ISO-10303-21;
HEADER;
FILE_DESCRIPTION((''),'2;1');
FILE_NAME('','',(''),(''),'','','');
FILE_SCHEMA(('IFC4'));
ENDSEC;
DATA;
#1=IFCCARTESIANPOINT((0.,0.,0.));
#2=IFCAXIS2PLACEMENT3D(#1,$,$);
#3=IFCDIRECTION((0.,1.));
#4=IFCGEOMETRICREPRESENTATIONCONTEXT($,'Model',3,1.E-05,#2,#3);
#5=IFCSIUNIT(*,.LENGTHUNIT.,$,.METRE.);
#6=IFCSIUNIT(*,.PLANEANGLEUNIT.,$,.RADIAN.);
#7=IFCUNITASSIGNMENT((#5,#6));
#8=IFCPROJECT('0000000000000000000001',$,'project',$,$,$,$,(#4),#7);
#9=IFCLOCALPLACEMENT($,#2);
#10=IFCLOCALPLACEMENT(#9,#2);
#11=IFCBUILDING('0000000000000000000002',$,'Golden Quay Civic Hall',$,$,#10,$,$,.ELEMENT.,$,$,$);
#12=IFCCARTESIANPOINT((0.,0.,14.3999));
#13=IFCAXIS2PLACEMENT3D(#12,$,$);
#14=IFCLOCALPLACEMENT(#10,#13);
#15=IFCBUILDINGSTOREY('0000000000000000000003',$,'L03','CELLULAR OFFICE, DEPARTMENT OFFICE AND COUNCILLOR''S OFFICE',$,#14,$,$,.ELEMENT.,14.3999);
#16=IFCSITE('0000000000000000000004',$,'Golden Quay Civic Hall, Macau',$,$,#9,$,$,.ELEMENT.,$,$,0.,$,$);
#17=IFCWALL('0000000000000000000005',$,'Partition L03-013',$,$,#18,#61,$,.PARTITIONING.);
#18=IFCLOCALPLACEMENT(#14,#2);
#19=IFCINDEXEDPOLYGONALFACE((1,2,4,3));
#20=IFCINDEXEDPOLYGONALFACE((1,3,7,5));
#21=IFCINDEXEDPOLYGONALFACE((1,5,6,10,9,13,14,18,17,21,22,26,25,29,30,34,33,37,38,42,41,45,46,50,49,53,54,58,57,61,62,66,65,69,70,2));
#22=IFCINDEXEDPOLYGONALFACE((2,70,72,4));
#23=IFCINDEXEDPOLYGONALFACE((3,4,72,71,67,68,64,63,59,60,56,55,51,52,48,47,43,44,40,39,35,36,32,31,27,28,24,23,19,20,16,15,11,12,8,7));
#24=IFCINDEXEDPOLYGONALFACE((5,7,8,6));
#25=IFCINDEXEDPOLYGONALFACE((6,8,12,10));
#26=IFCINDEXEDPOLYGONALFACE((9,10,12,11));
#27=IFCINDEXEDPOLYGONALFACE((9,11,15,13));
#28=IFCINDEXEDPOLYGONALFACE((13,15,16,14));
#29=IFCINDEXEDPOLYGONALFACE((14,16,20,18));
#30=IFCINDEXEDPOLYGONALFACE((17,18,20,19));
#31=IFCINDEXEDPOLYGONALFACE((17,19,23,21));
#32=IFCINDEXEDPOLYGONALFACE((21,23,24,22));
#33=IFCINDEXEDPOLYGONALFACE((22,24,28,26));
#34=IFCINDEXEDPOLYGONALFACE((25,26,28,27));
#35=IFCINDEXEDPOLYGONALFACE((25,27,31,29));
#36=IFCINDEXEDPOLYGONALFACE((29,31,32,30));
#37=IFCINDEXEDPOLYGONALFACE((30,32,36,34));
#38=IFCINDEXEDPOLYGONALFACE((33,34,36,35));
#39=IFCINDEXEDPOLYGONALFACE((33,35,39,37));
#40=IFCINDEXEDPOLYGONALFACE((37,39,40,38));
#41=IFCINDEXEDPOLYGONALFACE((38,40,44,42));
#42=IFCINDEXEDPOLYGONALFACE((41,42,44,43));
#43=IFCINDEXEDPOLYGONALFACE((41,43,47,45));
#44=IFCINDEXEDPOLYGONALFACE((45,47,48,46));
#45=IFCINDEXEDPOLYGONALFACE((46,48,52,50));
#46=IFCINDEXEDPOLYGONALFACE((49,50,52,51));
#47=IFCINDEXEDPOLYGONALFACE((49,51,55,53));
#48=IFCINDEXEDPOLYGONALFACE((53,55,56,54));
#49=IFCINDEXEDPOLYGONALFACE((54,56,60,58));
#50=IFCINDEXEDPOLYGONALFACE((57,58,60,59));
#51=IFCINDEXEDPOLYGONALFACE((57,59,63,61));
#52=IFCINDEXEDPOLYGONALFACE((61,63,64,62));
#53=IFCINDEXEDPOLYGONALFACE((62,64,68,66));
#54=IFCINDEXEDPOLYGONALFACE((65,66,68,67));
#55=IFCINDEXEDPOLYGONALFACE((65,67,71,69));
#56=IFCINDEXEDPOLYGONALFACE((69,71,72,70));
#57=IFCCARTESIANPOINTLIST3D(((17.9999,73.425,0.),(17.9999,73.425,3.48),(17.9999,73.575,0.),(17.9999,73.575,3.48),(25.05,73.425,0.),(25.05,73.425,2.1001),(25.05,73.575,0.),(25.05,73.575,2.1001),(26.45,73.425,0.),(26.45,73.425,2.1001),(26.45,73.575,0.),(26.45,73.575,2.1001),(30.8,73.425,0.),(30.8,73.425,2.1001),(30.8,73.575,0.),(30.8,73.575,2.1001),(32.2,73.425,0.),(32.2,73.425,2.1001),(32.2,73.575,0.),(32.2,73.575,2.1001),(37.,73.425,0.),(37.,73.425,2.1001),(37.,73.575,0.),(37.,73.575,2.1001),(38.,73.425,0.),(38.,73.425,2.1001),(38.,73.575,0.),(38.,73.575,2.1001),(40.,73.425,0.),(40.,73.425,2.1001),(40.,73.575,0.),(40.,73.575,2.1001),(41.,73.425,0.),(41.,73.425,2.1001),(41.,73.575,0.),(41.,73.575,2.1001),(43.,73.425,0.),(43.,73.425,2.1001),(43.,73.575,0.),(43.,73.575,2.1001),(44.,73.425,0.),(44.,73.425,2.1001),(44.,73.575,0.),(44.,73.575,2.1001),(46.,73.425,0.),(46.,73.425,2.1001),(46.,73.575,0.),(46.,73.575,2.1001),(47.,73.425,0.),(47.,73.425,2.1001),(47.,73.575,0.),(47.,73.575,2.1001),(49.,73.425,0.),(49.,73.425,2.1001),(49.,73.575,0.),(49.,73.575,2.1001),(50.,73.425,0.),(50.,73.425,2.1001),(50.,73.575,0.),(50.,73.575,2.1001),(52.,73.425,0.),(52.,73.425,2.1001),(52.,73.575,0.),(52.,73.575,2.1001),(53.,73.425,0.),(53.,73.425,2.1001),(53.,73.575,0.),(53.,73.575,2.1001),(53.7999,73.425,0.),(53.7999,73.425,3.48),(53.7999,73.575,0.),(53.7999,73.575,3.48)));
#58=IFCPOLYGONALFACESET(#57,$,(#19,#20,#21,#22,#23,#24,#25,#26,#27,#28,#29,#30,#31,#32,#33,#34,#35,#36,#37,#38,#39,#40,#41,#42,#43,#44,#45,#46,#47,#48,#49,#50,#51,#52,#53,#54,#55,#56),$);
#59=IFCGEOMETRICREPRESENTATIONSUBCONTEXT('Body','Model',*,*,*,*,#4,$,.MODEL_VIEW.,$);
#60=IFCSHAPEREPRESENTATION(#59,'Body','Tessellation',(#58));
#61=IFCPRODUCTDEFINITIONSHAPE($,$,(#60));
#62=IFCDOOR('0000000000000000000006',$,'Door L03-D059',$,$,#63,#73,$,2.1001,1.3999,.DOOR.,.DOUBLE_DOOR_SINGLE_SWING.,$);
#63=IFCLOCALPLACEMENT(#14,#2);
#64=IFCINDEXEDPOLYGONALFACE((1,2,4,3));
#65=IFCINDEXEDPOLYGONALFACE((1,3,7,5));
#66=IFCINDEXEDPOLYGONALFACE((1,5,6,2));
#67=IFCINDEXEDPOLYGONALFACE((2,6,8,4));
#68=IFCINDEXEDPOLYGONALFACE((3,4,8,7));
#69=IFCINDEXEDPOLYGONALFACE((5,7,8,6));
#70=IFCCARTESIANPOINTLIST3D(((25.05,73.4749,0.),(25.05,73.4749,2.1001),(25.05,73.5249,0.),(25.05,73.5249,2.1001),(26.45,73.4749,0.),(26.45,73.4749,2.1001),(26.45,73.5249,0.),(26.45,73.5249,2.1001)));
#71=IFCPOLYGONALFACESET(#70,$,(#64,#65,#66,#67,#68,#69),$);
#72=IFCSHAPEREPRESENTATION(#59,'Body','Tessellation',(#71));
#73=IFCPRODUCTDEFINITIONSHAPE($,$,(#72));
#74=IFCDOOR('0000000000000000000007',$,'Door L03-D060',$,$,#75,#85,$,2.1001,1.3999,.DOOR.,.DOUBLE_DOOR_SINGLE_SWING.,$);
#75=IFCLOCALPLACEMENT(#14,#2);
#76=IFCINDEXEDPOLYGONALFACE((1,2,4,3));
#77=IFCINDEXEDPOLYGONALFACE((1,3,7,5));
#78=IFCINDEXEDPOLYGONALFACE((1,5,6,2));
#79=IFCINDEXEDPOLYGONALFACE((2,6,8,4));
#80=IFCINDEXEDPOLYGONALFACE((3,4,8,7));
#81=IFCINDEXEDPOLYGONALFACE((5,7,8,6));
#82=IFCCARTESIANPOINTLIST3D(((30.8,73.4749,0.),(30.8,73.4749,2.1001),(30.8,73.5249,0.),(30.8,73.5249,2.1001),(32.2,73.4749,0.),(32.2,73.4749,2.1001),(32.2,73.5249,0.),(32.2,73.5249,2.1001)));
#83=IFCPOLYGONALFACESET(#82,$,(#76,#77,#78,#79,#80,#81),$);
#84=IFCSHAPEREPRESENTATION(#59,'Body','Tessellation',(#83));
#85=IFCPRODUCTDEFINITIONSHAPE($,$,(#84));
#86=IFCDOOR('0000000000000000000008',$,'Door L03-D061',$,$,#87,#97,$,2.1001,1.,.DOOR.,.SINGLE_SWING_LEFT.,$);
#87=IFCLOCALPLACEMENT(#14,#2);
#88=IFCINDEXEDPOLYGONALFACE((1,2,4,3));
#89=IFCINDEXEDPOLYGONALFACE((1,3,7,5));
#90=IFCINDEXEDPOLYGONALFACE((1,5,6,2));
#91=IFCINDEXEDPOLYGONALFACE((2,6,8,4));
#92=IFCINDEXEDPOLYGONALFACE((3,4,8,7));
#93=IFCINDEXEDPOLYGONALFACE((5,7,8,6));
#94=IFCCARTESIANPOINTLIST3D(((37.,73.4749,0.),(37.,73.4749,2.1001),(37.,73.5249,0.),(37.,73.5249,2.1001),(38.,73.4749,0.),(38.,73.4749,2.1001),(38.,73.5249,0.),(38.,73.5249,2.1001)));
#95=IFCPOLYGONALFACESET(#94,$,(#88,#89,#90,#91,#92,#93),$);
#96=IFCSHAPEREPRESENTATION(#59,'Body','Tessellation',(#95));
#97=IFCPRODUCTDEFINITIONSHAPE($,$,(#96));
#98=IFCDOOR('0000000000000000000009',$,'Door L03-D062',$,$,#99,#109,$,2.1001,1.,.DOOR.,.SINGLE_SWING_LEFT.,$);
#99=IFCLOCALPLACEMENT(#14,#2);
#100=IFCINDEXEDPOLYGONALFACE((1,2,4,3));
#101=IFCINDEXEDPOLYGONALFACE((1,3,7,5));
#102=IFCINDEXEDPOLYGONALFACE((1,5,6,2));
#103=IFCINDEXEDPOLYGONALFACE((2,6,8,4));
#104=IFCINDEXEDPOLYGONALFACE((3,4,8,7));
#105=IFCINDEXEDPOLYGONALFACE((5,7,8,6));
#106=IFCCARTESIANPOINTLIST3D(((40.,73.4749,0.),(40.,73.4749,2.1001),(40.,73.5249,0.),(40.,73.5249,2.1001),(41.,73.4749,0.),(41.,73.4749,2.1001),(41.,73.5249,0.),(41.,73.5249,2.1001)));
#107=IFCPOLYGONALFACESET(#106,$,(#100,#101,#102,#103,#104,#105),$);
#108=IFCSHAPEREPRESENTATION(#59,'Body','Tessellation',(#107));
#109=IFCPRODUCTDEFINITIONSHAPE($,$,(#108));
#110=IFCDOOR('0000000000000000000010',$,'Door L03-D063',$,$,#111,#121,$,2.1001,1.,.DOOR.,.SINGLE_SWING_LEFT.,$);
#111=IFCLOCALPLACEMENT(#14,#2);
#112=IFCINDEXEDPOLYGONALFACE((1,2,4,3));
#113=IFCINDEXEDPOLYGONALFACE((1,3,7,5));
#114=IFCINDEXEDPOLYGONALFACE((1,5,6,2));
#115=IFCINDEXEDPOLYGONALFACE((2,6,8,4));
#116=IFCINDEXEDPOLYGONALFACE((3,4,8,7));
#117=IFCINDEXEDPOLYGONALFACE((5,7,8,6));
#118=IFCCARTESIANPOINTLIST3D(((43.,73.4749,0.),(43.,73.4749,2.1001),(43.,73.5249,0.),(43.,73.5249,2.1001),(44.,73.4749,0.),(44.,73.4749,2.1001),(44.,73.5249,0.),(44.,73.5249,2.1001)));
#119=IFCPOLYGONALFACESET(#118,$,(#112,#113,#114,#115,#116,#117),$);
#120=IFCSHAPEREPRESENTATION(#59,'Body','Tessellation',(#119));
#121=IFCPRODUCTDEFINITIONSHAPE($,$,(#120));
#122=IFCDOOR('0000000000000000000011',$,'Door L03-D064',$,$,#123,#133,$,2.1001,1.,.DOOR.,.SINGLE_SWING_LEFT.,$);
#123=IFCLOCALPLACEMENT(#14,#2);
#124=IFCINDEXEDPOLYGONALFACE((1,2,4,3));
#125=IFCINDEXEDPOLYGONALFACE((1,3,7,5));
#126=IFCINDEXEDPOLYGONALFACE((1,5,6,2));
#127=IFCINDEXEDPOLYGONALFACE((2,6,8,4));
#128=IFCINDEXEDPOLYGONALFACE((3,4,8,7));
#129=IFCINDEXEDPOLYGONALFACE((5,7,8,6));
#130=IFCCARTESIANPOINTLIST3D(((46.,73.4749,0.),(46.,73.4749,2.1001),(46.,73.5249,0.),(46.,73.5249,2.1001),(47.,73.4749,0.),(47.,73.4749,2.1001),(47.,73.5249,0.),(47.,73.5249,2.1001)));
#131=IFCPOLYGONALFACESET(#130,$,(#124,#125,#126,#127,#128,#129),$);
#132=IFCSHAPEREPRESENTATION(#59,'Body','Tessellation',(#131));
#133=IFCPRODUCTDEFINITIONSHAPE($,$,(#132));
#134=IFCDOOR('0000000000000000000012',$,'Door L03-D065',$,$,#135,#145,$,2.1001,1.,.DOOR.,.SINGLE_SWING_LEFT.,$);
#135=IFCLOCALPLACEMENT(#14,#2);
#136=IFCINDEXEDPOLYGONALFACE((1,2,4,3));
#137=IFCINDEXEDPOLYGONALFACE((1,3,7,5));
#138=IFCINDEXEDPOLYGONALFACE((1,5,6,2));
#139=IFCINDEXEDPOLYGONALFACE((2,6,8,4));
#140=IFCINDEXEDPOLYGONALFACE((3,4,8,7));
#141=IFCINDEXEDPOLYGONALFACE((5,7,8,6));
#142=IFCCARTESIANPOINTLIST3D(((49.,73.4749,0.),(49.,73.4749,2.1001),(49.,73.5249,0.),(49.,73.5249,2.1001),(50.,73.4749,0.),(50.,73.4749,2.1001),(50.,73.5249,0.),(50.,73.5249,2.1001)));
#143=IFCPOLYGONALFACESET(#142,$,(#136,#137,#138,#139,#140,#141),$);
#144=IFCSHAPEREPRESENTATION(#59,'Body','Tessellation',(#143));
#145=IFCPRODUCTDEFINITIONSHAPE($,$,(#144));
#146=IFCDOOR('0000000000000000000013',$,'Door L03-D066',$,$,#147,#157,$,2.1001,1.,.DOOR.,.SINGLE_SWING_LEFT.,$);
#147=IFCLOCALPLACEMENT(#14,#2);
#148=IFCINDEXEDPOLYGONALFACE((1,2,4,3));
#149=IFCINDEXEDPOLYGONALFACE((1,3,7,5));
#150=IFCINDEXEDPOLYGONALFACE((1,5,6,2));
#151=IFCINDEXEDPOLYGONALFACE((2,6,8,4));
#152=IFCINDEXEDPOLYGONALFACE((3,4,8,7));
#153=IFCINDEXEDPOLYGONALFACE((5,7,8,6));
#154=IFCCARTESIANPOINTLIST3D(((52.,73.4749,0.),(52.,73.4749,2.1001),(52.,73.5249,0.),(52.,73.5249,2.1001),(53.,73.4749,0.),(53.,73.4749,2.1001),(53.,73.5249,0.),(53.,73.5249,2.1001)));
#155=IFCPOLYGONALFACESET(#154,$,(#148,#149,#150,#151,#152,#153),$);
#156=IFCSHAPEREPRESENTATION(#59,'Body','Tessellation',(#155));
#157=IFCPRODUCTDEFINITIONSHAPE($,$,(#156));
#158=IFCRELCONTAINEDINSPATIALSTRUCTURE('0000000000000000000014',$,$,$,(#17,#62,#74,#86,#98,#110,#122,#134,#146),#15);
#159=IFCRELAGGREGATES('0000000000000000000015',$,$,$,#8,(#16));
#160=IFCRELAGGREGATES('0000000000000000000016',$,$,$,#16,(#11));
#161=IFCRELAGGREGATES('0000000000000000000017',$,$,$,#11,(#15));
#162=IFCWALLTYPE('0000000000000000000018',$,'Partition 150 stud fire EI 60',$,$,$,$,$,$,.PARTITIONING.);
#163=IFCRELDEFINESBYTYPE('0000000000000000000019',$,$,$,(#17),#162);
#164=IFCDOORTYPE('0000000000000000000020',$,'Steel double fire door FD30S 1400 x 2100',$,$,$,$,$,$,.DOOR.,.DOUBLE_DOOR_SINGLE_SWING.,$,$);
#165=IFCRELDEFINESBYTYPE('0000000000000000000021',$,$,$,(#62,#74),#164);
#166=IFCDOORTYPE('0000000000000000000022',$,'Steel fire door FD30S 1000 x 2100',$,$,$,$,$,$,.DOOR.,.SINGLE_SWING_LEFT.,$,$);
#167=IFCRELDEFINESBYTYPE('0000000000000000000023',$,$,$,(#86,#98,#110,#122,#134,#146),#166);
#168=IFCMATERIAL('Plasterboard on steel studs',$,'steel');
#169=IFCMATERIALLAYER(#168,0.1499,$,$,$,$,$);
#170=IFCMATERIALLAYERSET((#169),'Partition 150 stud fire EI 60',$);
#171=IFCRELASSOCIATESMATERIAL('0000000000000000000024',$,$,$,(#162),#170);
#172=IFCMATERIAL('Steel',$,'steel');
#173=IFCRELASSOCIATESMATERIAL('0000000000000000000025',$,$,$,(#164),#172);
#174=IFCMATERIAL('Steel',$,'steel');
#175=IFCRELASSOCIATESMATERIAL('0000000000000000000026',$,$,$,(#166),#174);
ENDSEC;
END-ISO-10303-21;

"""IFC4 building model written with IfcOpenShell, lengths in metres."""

from ifc_helpers import new_model, si_unit, direction, frame, frame_2d, origin, place, context, subcontext, project, spatial, rectangle, extrude, material, layer, layer_set, type_object, element, fill, save


model = new_model("IFC4")

# Units and contexts
model_context = context("Model", 3, precision=1e-05, world=origin(), true_north=direction((0.0, 1.0)))
body_context = subcontext(model_context, "Body", "Model", "MODEL_VIEW")
ifc_project = project(units=[si_unit("LENGTHUNIT", "METRE"), si_unit("PLANEANGLEUNIT", "RADIAN")], contexts=[model_context])

# Site, building, storey
site_placement = place(None, origin())
site = spatial("IfcSite", under=ifc_project, at=site_placement, Name="Golden Quay Civic Hall, Macau", CompositionType="ELEMENT", RefElevation=0.0)
building_placement = place(site_placement, origin())
building = spatial("IfcBuilding", under=site, at=building_placement, Name="Golden Quay Civic Hall", CompositionType="ELEMENT")
storey_placement = place(building_placement, frame((0.0, 0.0, 14.3999)))
storey = spatial("IfcBuildingStorey", under=building, at=storey_placement, Name="L03", Description="CELLULAR OFFICE, DEPARTMENT OFFICE AND COUNCILLOR'S OFFICE", CompositionType="ELEMENT", Elevation=14.3999)

# Wall, openings, doors
ifc_material_1 = material(Name="Plasterboard on steel studs", Category="steel")
ifc_layer_1 = layer(ifc_material_1, 0.1499)
ifc_layer_set_1 = layer_set([ifc_layer_1], Name="Partition 150 stud fire EI 60")
wall_type_1 = type_object("IfcWallType", Name="Partition 150 stud fire EI 60", PredefinedType="PARTITIONING", material=ifc_layer_set_1)
wall_1_placement = place(storey_placement, frame((18.0, 73.5, 0.0), z_axis=(0.0, 0.0, 1.0), x_axis=(1.0, 0.0, 0.0)))
wall_1 = element("IfcWall", 1, at=wall_1_placement, inside=storey, type_object=wall_type_1, Name="Partition L03-013", PredefinedType="PARTITIONING", context=body_context, shape_type="SweptSolid", body=[
    extrude(rectangle(XDim=35.8, YDim=0.1499, at=frame_2d((17.8999, 0.0))), origin(), (0.0, 0.0, 1.0), 3.48),
])
opening_1_placement = place(wall_1_placement, frame((7.05, 0.0, 0.0)))
opening_1 = element("IfcOpeningElement", 2, at=opening_1_placement, cuts=wall_1, PredefinedType="OPENING", context=body_context, shape_type="SweptSolid", body=[
    extrude(rectangle(XDim=1.3999, YDim=2.1001, at=frame_2d((0.7, 1.05))), frame((0.0, 0.085, 0.0), z_axis=(0.0, -1.0, 0.0), x_axis=(1.0, 0.0, 0.0)), (0.0, 0.0, 1.0), 0.1699),
])
opening_2_placement = place(wall_1_placement, frame((12.8, 0.0, 0.0)))
opening_2 = element("IfcOpeningElement", 3, at=opening_2_placement, cuts=wall_1, PredefinedType="OPENING", context=body_context, shape_type="SweptSolid", body=[
    extrude(rectangle(XDim=1.3999, YDim=2.1001, at=frame_2d((0.7, 1.05))), frame((0.0, 0.085, 0.0), z_axis=(0.0, -1.0, 0.0), x_axis=(1.0, 0.0, 0.0)), (0.0, 0.0, 1.0), 0.1699),
])
opening_3_placement = place(wall_1_placement, frame((19.0, 0.0, 0.0)))
opening_3 = element("IfcOpeningElement", 4, at=opening_3_placement, cuts=wall_1, PredefinedType="OPENING", context=body_context, shape_type="SweptSolid", body=[
    extrude(rectangle(XDim=1.0, YDim=2.1001, at=frame_2d((0.5, 1.05))), frame((0.0, 0.085, 0.0), z_axis=(0.0, -1.0, 0.0), x_axis=(1.0, 0.0, 0.0)), (0.0, 0.0, 1.0), 0.1699),
])
opening_4_placement = place(wall_1_placement, frame((22.0, 0.0, 0.0)))
opening_4 = element("IfcOpeningElement", 5, at=opening_4_placement, cuts=wall_1, PredefinedType="OPENING", context=body_context, shape_type="SweptSolid", body=[
    extrude(rectangle(XDim=1.0, YDim=2.1001, at=frame_2d((0.5, 1.05))), frame((0.0, 0.085, 0.0), z_axis=(0.0, -1.0, 0.0), x_axis=(1.0, 0.0, 0.0)), (0.0, 0.0, 1.0), 0.1699),
])
opening_5_placement = place(wall_1_placement, frame((25.0, 0.0, 0.0)))
opening_5 = element("IfcOpeningElement", 6, at=opening_5_placement, cuts=wall_1, PredefinedType="OPENING", context=body_context, shape_type="SweptSolid", body=[
    extrude(rectangle(XDim=1.0, YDim=2.1001, at=frame_2d((0.5, 1.05))), frame((0.0, 0.085, 0.0), z_axis=(0.0, -1.0, 0.0), x_axis=(1.0, 0.0, 0.0)), (0.0, 0.0, 1.0), 0.1699),
])
opening_6_placement = place(wall_1_placement, frame((28.0, 0.0, 0.0)))
opening_6 = element("IfcOpeningElement", 7, at=opening_6_placement, cuts=wall_1, PredefinedType="OPENING", context=body_context, shape_type="SweptSolid", body=[
    extrude(rectangle(XDim=1.0, YDim=2.1001, at=frame_2d((0.5, 1.05))), frame((0.0, 0.085, 0.0), z_axis=(0.0, -1.0, 0.0), x_axis=(1.0, 0.0, 0.0)), (0.0, 0.0, 1.0), 0.1699),
])
opening_7_placement = place(wall_1_placement, frame((31.0, 0.0, 0.0)))
opening_7 = element("IfcOpeningElement", 8, at=opening_7_placement, cuts=wall_1, PredefinedType="OPENING", context=body_context, shape_type="SweptSolid", body=[
    extrude(rectangle(XDim=1.0, YDim=2.1001, at=frame_2d((0.5, 1.05))), frame((0.0, 0.085, 0.0), z_axis=(0.0, -1.0, 0.0), x_axis=(1.0, 0.0, 0.0)), (0.0, 0.0, 1.0), 0.1699),
])
opening_8_placement = place(wall_1_placement, frame((34.0, 0.0, 0.0)))
opening_8 = element("IfcOpeningElement", 9, at=opening_8_placement, cuts=wall_1, PredefinedType="OPENING", context=body_context, shape_type="SweptSolid", body=[
    extrude(rectangle(XDim=1.0, YDim=2.1001, at=frame_2d((0.5, 1.05))), frame((0.0, 0.085, 0.0), z_axis=(0.0, -1.0, 0.0), x_axis=(1.0, 0.0, 0.0)), (0.0, 0.0, 1.0), 0.1699),
])
ifc_material_2 = material(Name="Steel", Category="steel")
door_type_1 = type_object("IfcDoorType", Name="Steel double fire door FD30S 1400 x 2100", OperationType="DOUBLE_DOOR_SINGLE_SWING", PredefinedType="DOOR", material=ifc_material_2)
door_1_placement = place(opening_1_placement, origin())
door_1 = element("IfcDoor", 10, at=door_1_placement, inside=storey, type_object=door_type_1, Name="Door L03-D059", OperationType="DOUBLE_DOOR_SINGLE_SWING", OverallHeight=2.1001, OverallWidth=1.3999, PredefinedType="DOOR", context=body_context, shape_type="SweptSolid", body=[
    extrude(rectangle(XDim=1.3999, YDim=2.1001, at=frame_2d((0.7, 1.05))), frame((0.0, 0.0249, 0.0), z_axis=(0.0, -1.0, 0.0), x_axis=(1.0, 0.0, 0.0)), (0.0, 0.0, 1.0), 0.05),
])
fill(opening_1, door_1)
door_2_placement = place(opening_2_placement, origin())
door_2 = element("IfcDoor", 11, at=door_2_placement, inside=storey, type_object=door_type_1, Name="Door L03-D060", OperationType="DOUBLE_DOOR_SINGLE_SWING", OverallHeight=2.1001, OverallWidth=1.3999, PredefinedType="DOOR", context=body_context, shape_type="SweptSolid", body=[
    extrude(rectangle(XDim=1.3999, YDim=2.1001, at=frame_2d((0.7, 1.05))), frame((0.0, 0.0249, 0.0), z_axis=(0.0, -1.0, 0.0), x_axis=(1.0, 0.0, 0.0)), (0.0, 0.0, 1.0), 0.05),
])
fill(opening_2, door_2)
ifc_material_3 = material(Name="Steel", Category="steel")
door_type_2 = type_object("IfcDoorType", Name="Steel fire door FD30S 1000 x 2100", OperationType="SINGLE_SWING_LEFT", PredefinedType="DOOR", material=ifc_material_3)
door_3_placement = place(opening_3_placement, origin())
door_3 = element("IfcDoor", 12, at=door_3_placement, inside=storey, type_object=door_type_2, Name="Door L03-D061", OperationType="SINGLE_SWING_LEFT", OverallHeight=2.1001, OverallWidth=1.0, PredefinedType="DOOR", context=body_context, shape_type="SweptSolid", body=[
    extrude(rectangle(XDim=1.0, YDim=2.1001, at=frame_2d((0.5, 1.05))), frame((0.0, 0.0249, 0.0), z_axis=(0.0, -1.0, 0.0), x_axis=(1.0, 0.0, 0.0)), (0.0, 0.0, 1.0), 0.05),
])
fill(opening_3, door_3)
door_4_placement = place(opening_4_placement, origin())
door_4 = element("IfcDoor", 13, at=door_4_placement, inside=storey, type_object=door_type_2, Name="Door L03-D062", OperationType="SINGLE_SWING_LEFT", OverallHeight=2.1001, OverallWidth=1.0, PredefinedType="DOOR", context=body_context, shape_type="SweptSolid", body=[
    extrude(rectangle(XDim=1.0, YDim=2.1001, at=frame_2d((0.5, 1.05))), frame((0.0, 0.0249, 0.0), z_axis=(0.0, -1.0, 0.0), x_axis=(1.0, 0.0, 0.0)), (0.0, 0.0, 1.0), 0.05),
])
fill(opening_4, door_4)
door_5_placement = place(opening_5_placement, origin())
door_5 = element("IfcDoor", 14, at=door_5_placement, inside=storey, type_object=door_type_2, Name="Door L03-D063", OperationType="SINGLE_SWING_LEFT", OverallHeight=2.1001, OverallWidth=1.0, PredefinedType="DOOR", context=body_context, shape_type="SweptSolid", body=[
    extrude(rectangle(XDim=1.0, YDim=2.1001, at=frame_2d((0.5, 1.05))), frame((0.0, 0.0249, 0.0), z_axis=(0.0, -1.0, 0.0), x_axis=(1.0, 0.0, 0.0)), (0.0, 0.0, 1.0), 0.05),
])
fill(opening_5, door_5)
door_6_placement = place(opening_6_placement, origin())
door_6 = element("IfcDoor", 15, at=door_6_placement, inside=storey, type_object=door_type_2, Name="Door L03-D064", OperationType="SINGLE_SWING_LEFT", OverallHeight=2.1001, OverallWidth=1.0, PredefinedType="DOOR", context=body_context, shape_type="SweptSolid", body=[
    extrude(rectangle(XDim=1.0, YDim=2.1001, at=frame_2d((0.5, 1.05))), frame((0.0, 0.0249, 0.0), z_axis=(0.0, -1.0, 0.0), x_axis=(1.0, 0.0, 0.0)), (0.0, 0.0, 1.0), 0.05),
])
fill(opening_6, door_6)
door_7_placement = place(opening_7_placement, origin())
door_7 = element("IfcDoor", 16, at=door_7_placement, inside=storey, type_object=door_type_2, Name="Door L03-D065", OperationType="SINGLE_SWING_LEFT", OverallHeight=2.1001, OverallWidth=1.0, PredefinedType="DOOR", context=body_context, shape_type="SweptSolid", body=[
    extrude(rectangle(XDim=1.0, YDim=2.1001, at=frame_2d((0.5, 1.05))), frame((0.0, 0.0249, 0.0), z_axis=(0.0, -1.0, 0.0), x_axis=(1.0, 0.0, 0.0)), (0.0, 0.0, 1.0), 0.05),
])
fill(opening_7, door_7)
door_8_placement = place(opening_8_placement, origin())
door_8 = element("IfcDoor", 17, at=door_8_placement, inside=storey, type_object=door_type_2, Name="Door L03-D066", OperationType="SINGLE_SWING_LEFT", OverallHeight=2.1001, OverallWidth=1.0, PredefinedType="DOOR", context=body_context, shape_type="SweptSolid", body=[
    extrude(rectangle(XDim=1.0, YDim=2.1001, at=frame_2d((0.5, 1.05))), frame((0.0, 0.0249, 0.0), z_axis=(0.0, -1.0, 0.0), x_axis=(1.0, 0.0, 0.0)), (0.0, 0.0, 1.0), 0.05),
])
fill(opening_8, door_8)

save(model, "model.ifc")
